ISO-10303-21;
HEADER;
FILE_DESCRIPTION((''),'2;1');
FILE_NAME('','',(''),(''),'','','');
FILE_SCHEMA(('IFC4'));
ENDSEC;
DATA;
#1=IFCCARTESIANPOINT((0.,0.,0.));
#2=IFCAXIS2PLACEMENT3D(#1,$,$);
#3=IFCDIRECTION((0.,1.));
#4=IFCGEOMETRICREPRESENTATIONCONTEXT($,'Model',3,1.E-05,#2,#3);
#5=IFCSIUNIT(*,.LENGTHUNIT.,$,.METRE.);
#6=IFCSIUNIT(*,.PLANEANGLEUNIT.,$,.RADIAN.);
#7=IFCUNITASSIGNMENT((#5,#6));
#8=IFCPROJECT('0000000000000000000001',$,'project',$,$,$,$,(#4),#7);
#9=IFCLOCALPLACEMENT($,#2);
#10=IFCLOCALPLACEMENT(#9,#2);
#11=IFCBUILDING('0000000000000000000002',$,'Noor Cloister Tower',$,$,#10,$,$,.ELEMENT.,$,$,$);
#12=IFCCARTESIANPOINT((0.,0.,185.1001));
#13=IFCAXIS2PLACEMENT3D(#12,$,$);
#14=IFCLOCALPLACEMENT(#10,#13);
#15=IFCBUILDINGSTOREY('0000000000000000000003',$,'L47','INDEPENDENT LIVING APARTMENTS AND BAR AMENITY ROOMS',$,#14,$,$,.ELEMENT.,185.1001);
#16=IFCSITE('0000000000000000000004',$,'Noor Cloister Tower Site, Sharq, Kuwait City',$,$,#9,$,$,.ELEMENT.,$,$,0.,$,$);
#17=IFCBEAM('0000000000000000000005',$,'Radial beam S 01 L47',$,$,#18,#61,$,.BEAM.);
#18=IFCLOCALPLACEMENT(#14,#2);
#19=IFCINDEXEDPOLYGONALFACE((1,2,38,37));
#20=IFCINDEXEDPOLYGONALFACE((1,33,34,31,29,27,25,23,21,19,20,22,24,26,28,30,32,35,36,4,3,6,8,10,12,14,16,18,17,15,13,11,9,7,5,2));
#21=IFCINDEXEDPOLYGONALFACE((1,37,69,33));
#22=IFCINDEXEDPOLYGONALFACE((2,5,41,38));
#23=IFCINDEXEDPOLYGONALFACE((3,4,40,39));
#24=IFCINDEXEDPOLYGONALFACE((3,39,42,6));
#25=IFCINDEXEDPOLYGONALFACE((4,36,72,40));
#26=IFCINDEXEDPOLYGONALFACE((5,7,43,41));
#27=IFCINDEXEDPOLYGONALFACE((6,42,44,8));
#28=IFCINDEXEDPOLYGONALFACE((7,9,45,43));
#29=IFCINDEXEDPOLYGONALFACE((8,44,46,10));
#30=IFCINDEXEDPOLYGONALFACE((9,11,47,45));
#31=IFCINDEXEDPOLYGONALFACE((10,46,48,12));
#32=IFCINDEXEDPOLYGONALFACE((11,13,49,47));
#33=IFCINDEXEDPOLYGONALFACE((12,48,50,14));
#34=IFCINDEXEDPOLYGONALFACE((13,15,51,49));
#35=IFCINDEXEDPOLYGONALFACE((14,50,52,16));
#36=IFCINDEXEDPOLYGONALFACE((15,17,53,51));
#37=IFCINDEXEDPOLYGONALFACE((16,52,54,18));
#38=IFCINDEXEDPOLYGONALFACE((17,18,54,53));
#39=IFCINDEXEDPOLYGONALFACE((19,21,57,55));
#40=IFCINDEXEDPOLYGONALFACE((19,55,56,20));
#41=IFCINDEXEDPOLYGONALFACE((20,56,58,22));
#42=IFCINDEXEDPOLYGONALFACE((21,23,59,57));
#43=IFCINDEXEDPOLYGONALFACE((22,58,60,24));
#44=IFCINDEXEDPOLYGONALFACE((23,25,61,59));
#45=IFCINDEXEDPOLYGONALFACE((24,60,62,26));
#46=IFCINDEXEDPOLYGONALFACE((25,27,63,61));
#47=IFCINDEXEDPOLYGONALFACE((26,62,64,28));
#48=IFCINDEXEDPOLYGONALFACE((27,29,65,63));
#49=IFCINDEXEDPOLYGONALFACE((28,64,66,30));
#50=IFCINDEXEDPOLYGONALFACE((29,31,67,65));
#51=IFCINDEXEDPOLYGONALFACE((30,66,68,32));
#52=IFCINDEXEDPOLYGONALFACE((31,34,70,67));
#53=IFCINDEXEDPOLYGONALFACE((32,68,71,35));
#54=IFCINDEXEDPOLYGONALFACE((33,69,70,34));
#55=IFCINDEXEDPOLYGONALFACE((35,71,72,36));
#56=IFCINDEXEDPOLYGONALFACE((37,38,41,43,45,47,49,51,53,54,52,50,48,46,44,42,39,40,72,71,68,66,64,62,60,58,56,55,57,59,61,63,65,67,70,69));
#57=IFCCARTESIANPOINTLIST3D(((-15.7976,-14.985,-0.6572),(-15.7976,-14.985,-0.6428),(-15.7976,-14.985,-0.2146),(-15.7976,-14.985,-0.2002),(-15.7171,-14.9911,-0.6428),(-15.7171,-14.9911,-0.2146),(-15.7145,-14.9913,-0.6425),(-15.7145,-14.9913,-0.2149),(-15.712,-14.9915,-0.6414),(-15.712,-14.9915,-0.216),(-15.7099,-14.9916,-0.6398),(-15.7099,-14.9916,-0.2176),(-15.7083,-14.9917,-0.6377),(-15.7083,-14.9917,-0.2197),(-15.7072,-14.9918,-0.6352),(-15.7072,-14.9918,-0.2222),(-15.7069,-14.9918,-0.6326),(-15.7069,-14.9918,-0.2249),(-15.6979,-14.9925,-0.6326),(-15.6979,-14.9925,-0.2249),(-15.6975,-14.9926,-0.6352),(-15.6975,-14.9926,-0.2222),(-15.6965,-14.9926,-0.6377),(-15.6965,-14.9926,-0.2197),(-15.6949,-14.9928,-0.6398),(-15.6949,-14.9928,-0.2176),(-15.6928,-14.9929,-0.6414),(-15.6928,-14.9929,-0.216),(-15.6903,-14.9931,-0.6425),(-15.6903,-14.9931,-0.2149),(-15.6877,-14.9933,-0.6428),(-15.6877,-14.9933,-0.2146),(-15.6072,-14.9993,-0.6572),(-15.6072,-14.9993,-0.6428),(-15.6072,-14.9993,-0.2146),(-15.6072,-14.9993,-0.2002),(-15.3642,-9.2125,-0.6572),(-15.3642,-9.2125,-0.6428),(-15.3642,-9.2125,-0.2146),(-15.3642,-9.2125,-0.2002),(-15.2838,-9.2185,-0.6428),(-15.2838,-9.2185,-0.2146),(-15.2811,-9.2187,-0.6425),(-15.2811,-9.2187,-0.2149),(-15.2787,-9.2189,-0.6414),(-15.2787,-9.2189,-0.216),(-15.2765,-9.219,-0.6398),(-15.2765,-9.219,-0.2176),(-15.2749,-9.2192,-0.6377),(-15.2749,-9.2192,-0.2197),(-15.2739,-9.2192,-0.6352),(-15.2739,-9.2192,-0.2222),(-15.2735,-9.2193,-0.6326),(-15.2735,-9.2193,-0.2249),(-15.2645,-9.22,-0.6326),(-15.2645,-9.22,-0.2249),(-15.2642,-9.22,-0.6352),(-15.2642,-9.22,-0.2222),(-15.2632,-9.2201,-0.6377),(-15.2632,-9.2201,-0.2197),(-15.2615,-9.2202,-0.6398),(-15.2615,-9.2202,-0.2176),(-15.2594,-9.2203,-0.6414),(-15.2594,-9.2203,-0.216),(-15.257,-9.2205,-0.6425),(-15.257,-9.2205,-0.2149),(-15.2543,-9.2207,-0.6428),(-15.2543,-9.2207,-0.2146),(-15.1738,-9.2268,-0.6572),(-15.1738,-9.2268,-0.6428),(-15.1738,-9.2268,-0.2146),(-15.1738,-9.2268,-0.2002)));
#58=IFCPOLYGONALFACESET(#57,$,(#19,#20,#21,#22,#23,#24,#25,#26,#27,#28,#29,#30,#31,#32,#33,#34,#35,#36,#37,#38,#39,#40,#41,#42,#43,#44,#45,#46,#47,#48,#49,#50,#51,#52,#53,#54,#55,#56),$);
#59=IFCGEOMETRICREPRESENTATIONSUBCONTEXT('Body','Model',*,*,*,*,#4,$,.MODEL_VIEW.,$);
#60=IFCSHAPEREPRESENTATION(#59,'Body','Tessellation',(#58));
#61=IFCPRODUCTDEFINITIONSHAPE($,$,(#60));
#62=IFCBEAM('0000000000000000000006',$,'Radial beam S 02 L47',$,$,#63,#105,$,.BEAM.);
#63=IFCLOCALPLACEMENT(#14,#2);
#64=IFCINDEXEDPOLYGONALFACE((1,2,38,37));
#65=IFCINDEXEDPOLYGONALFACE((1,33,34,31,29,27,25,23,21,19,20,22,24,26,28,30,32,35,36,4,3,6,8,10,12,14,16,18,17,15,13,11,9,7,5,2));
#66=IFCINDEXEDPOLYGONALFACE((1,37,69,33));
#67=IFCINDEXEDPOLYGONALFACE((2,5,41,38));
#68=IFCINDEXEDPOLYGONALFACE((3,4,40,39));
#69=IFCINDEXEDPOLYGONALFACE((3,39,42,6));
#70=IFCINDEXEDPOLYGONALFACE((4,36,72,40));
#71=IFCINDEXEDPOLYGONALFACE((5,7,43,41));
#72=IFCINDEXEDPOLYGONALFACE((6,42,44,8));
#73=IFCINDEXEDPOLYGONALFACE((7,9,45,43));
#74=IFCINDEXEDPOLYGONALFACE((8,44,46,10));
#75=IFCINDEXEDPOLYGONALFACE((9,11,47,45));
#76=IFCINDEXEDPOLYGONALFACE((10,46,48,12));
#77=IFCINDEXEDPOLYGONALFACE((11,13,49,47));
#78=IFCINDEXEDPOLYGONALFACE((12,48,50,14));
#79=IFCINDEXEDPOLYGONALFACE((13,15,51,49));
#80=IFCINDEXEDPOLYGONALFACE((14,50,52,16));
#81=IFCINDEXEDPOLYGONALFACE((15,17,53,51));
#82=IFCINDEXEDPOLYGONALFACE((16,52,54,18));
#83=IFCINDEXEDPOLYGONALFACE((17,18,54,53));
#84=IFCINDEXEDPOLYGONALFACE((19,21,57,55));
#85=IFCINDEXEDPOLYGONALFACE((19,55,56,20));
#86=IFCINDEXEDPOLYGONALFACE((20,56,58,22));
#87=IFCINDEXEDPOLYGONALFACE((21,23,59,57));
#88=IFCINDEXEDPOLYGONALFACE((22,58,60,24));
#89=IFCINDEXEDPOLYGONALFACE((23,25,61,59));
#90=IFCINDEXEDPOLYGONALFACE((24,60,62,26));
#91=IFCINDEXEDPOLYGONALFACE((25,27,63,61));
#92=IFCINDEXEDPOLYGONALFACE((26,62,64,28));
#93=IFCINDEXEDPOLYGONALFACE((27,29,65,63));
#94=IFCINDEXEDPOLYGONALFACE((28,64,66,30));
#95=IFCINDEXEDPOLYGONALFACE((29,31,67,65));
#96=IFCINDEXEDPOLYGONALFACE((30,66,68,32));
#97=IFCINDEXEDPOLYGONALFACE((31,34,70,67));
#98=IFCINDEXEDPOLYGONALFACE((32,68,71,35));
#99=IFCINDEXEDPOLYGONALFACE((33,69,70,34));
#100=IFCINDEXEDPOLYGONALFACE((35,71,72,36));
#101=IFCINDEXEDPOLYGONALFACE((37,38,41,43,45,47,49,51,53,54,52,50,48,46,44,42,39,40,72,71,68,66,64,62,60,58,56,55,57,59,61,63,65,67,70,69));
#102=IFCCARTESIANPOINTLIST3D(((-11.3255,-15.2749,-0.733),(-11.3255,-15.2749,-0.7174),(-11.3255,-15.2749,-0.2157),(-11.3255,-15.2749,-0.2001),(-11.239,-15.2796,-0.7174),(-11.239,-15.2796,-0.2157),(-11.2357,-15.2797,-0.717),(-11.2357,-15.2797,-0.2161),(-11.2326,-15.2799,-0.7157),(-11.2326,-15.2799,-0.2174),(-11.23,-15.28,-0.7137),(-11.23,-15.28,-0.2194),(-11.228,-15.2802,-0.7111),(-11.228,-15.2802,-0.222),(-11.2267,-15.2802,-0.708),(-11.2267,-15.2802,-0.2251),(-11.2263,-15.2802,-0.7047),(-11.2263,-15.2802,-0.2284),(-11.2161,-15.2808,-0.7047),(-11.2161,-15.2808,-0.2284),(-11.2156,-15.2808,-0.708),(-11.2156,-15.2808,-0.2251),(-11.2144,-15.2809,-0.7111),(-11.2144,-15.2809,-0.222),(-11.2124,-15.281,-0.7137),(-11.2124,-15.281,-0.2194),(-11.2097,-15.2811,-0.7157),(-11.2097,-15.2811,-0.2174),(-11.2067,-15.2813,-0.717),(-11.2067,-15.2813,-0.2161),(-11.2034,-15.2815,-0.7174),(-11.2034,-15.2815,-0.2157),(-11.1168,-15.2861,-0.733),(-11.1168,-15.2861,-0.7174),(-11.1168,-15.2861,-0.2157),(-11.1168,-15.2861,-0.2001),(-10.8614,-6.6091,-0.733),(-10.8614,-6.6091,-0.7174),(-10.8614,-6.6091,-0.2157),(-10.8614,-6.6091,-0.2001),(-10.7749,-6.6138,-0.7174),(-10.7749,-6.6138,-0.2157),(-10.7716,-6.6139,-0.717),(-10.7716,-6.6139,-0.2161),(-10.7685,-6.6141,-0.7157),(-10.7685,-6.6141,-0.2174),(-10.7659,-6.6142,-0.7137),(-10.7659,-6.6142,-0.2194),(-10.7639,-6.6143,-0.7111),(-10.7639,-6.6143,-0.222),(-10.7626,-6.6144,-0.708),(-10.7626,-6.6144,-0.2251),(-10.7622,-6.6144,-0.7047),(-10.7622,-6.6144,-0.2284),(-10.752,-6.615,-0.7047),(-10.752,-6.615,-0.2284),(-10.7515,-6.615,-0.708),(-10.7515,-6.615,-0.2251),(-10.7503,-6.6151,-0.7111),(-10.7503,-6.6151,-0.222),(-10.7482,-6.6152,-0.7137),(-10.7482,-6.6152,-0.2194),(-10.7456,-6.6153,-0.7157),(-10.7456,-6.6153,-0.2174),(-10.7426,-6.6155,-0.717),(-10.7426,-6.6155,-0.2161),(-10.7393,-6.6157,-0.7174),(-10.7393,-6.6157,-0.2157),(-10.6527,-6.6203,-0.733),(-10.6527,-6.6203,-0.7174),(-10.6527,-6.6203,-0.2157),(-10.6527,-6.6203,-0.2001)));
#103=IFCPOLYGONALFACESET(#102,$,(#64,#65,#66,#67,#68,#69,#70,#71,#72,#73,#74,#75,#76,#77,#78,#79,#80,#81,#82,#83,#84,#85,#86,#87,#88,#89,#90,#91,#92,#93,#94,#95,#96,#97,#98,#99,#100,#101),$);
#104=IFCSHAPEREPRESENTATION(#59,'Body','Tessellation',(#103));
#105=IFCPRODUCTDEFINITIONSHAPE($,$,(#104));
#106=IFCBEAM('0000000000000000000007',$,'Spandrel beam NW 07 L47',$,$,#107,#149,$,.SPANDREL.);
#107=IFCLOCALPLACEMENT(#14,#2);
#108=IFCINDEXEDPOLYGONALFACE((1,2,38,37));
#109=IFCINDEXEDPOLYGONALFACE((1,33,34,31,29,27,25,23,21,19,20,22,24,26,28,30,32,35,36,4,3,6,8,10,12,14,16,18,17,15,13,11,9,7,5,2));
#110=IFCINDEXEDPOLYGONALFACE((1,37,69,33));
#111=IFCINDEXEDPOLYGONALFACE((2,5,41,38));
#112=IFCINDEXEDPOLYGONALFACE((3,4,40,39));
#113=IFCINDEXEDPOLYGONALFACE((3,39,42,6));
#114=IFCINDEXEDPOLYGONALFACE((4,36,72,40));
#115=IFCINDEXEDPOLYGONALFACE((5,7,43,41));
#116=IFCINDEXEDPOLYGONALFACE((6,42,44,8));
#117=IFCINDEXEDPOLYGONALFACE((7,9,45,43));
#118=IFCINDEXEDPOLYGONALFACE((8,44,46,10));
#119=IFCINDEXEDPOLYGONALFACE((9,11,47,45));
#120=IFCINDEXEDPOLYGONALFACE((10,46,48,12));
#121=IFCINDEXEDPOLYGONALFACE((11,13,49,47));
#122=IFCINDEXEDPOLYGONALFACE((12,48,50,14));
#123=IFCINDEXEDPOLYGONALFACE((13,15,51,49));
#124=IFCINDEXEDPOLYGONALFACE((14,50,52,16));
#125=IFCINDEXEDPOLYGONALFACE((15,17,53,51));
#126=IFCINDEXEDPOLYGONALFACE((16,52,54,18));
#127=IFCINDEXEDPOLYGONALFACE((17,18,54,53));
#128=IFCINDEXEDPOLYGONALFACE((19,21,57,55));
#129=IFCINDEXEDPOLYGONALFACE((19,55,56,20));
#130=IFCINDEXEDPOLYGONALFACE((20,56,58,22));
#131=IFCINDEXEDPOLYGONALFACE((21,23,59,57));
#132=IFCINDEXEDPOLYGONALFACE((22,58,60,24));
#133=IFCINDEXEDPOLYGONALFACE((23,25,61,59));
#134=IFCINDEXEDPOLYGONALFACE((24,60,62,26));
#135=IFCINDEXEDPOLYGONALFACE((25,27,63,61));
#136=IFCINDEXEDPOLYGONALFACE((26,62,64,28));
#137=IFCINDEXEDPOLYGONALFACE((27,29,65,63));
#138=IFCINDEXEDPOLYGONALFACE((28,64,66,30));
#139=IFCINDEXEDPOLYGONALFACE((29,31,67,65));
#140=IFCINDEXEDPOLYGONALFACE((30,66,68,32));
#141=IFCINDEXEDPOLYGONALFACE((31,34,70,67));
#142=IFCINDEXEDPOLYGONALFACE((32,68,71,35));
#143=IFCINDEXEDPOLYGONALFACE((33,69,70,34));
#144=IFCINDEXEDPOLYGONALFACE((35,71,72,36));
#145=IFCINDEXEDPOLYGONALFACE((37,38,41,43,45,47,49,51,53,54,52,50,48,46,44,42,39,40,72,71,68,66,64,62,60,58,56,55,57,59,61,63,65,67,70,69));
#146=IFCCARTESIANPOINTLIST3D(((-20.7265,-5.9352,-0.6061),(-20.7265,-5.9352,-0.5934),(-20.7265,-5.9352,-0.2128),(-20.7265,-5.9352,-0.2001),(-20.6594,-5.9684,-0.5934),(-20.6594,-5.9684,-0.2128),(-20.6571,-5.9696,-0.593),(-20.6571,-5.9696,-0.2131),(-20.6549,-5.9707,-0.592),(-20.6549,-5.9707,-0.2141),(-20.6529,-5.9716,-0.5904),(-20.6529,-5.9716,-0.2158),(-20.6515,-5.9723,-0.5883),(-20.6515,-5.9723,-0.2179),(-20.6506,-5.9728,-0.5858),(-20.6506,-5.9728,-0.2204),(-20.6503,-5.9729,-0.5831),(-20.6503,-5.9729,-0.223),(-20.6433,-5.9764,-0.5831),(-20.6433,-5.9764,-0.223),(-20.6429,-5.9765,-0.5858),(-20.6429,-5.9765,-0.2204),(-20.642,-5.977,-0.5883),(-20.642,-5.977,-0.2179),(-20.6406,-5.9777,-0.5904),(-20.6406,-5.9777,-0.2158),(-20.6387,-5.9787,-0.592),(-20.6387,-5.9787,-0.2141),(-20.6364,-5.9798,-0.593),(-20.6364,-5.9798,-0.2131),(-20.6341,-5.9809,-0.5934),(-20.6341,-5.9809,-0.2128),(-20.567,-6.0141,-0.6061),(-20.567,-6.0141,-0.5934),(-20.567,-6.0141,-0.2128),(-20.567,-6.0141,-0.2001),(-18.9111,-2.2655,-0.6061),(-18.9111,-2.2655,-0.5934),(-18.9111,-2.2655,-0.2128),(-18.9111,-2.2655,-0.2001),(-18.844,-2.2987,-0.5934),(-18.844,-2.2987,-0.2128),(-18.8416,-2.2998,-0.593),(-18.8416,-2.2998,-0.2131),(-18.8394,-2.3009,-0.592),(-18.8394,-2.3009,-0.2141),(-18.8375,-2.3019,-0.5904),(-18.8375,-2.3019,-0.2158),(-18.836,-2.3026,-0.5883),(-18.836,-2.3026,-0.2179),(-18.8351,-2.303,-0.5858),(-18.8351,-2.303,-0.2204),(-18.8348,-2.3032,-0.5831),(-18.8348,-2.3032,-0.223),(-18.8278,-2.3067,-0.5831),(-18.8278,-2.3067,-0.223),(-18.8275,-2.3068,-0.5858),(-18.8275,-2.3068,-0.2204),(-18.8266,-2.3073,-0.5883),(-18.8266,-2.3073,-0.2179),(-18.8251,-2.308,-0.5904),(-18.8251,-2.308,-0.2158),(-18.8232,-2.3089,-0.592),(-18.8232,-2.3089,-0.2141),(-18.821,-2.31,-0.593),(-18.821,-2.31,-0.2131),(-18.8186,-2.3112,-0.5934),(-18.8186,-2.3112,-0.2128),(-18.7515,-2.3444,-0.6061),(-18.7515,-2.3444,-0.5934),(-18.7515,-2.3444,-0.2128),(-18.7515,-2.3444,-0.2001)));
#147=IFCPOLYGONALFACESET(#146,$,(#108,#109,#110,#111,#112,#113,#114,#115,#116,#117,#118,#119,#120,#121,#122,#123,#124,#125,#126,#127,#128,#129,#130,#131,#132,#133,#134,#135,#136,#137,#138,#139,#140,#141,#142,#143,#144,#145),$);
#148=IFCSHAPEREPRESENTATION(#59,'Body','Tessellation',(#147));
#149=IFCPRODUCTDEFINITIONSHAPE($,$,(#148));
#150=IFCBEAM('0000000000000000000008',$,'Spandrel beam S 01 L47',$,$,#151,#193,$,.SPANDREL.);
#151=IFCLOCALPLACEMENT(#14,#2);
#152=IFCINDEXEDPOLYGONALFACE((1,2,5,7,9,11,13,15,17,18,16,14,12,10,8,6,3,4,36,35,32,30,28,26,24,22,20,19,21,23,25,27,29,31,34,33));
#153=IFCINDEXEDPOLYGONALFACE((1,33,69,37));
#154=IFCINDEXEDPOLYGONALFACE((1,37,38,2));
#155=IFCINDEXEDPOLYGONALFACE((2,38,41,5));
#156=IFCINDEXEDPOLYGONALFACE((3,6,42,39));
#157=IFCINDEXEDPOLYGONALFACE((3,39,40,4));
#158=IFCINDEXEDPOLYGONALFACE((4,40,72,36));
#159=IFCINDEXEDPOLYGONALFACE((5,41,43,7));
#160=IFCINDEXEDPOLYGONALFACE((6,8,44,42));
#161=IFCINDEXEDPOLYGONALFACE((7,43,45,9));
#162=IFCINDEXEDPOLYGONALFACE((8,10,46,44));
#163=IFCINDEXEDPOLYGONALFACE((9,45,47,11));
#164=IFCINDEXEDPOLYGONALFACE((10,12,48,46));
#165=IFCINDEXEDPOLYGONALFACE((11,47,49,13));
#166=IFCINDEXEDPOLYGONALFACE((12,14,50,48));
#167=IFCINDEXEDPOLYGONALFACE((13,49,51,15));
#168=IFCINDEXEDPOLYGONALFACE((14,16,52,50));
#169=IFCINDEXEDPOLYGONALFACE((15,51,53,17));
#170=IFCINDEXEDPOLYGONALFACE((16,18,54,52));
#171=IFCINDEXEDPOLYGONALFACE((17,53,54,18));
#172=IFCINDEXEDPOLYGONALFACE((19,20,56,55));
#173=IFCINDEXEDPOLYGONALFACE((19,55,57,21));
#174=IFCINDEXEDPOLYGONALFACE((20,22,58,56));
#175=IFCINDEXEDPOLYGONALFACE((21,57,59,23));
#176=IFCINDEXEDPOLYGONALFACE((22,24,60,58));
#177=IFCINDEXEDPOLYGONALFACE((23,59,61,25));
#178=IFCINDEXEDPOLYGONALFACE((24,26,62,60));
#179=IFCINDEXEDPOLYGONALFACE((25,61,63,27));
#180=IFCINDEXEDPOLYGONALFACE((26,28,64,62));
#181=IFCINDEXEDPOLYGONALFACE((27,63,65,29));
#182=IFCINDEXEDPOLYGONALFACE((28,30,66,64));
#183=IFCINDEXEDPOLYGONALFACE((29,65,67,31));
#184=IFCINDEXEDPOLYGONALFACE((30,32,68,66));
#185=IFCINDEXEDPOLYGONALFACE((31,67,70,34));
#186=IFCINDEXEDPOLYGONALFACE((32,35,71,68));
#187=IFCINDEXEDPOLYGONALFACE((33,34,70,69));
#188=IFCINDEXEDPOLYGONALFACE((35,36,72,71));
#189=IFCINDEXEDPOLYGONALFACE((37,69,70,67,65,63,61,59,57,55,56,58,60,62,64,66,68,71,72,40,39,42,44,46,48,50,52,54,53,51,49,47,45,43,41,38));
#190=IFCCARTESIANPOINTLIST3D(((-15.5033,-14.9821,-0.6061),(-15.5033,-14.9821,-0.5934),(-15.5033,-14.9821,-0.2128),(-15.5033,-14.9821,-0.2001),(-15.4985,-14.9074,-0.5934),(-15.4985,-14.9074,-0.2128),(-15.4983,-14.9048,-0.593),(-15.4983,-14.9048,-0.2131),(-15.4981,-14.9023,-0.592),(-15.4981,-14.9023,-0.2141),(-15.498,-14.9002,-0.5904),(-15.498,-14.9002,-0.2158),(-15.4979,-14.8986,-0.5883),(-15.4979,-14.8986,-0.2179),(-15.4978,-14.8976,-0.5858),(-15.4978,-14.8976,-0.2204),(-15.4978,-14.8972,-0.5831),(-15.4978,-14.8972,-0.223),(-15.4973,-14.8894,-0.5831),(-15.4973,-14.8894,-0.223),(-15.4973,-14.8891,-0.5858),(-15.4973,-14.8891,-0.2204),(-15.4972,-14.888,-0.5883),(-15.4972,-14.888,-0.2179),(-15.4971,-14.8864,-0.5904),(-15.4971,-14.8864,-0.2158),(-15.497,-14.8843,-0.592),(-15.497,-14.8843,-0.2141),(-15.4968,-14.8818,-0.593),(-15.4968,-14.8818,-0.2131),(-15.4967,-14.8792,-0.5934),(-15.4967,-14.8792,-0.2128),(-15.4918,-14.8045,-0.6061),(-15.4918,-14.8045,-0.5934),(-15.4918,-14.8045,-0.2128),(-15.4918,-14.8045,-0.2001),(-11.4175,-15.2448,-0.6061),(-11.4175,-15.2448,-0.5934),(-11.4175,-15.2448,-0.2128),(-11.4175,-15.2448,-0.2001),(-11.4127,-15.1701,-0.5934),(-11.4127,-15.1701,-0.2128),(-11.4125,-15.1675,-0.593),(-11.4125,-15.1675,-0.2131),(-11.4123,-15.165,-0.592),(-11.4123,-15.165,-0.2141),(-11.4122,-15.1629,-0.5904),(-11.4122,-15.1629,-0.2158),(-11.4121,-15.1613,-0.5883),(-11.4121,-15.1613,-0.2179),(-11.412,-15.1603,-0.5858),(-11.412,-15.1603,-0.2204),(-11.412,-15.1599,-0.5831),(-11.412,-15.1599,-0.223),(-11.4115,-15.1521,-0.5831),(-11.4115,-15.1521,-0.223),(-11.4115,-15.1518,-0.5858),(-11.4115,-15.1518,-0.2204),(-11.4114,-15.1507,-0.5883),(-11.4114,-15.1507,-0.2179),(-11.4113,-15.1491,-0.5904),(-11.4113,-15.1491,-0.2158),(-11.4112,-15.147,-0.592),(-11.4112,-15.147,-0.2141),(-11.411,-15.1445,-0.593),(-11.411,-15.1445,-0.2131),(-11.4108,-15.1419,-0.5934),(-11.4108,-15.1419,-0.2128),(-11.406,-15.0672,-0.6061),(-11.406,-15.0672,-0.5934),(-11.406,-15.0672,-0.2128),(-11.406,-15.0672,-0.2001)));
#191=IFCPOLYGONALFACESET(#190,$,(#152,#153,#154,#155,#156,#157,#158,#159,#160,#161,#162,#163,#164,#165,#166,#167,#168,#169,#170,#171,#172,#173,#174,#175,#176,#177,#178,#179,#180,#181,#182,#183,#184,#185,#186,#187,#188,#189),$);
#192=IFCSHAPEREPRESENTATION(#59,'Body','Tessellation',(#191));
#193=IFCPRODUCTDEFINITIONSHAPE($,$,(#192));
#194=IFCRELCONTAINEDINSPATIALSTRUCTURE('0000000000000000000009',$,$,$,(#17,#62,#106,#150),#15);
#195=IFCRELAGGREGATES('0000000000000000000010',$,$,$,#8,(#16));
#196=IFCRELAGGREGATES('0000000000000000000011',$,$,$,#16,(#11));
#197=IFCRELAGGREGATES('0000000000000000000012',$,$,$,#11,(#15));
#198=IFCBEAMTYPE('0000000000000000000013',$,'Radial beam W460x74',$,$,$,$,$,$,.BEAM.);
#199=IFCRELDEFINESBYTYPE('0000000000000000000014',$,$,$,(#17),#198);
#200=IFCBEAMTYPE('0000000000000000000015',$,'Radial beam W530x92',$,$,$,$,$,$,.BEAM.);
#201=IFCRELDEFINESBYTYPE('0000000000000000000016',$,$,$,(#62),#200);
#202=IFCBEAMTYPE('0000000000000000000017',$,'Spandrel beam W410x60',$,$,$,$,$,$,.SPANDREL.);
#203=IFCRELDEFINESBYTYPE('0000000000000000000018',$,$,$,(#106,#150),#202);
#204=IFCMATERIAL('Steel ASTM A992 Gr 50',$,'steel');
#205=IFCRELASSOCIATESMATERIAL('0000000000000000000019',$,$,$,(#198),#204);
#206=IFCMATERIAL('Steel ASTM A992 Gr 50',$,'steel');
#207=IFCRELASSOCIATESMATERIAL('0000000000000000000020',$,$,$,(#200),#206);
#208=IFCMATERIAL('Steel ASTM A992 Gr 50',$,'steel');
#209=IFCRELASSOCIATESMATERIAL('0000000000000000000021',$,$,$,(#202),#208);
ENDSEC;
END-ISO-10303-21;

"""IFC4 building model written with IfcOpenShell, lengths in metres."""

from ifc_helpers import new_model, si_unit, direction, frame, origin, origin_2d, place, context, subcontext, project, spatial, i_section, extrude, material, material_profile, profile_set, type_object, element, save


model = new_model("IFC4")

# Units and contexts
model_context = context("Model", 3, precision=1e-05, world=origin(), true_north=direction((0.0, 1.0)))
body_context = subcontext(model_context, "Body", "Model", "MODEL_VIEW")
ifc_project = project(units=[si_unit("LENGTHUNIT", "METRE"), si_unit("PLANEANGLEUNIT", "RADIAN")], contexts=[model_context])

# Site, building, storey
site_placement = place(None, origin())
site = spatial("IfcSite", under=ifc_project, at=site_placement, Name="Noor Cloister Tower Site, Sharq, Kuwait City", CompositionType="ELEMENT", RefElevation=0.0)
building_placement = place(site_placement, origin())
building = spatial("IfcBuilding", under=site, at=building_placement, Name="Noor Cloister Tower", CompositionType="ELEMENT")
storey_placement = place(building_placement, frame((0.0, 0.0, 185.1001)))
storey = spatial("IfcBuildingStorey", under=building, at=storey_placement, Name="L47", Description="INDEPENDENT LIVING APARTMENTS AND BAR AMENITY ROOMS", CompositionType="ELEMENT", Elevation=185.1001)

# Beams
ifc_material_1 = material(Name="Steel ASTM A992 Gr 50", Category="steel")
ifc_material_profile_1 = material_profile(ifc_material_1, i_section(OverallWidth=0.1909, OverallDepth=0.457, WebThickness=0.009, FlangeThickness=0.0144, FilletRadius=0.0103, at=origin_2d()), Name="W460x74")
ifc_profile_set_1 = profile_set([ifc_material_profile_1], Name="Steel ASTM A992 Gr 50")
beam_type_1 = type_object("IfcBeamType", Name="Radial beam W460x74", PredefinedType="BEAM", material=ifc_profile_set_1)
beam_1_placement = place(storey_placement, frame((-15.7024, -14.9922, -0.4287), z_axis=(0.074861, 0.997194, 0.0), x_axis=(-0.997194, 0.074861, 0.0)))
element("IfcBeam", 1, at=beam_1_placement, inside=storey, type_object=beam_type_1, Name="Radial beam S 01 L47", PredefinedType="BEAM", context=body_context, shape_type="SweptSolid", body=[
    extrude(i_section(OverallWidth=0.1909, OverallDepth=0.457, WebThickness=0.009, FlangeThickness=0.0144, FilletRadius=0.0103, at=origin_2d()), origin(), (0.0, 0.0, 1.0), 5.7888),
])
ifc_material_2 = material(Name="Steel ASTM A992 Gr 50", Category="steel")
ifc_material_profile_2 = material_profile(ifc_material_2, i_section(OverallWidth=0.209, OverallDepth=0.533, WebThickness=0.0103, FlangeThickness=0.0156, FilletRadius=0.0127, at=origin_2d()), Name="W530x92")
ifc_profile_set_2 = profile_set([ifc_material_profile_2], Name="Steel ASTM A992 Gr 50")
beam_type_2 = type_object("IfcBeamType", Name="Radial beam W530x92", PredefinedType="BEAM", material=ifc_profile_set_2)
beam_2_placement = place(storey_placement, frame((-11.2212, -15.2805, -0.4666), z_axis=(0.05348, 0.998569, 0.0), x_axis=(-0.998569, 0.05348, 0.0)))
element("IfcBeam", 2, at=beam_2_placement, inside=storey, type_object=beam_type_2, Name="Radial beam S 02 L47", PredefinedType="BEAM", context=body_context, shape_type="SweptSolid", body=[
    extrude(i_section(OverallWidth=0.209, OverallDepth=0.533, WebThickness=0.0103, FlangeThickness=0.0156, FilletRadius=0.0127, at=origin_2d()), origin(), (0.0, 0.0, 1.0), 8.6782),
])
ifc_material_3 = material(Name="Steel ASTM A992 Gr 50", Category="steel")
ifc_material_profile_3 = material_profile(ifc_material_3, i_section(OverallWidth=0.178, OverallDepth=0.406, WebThickness=0.0078, FlangeThickness=0.0127, FilletRadius=0.0103, at=origin_2d()), Name="W410x60")
ifc_profile_set_3 = profile_set([ifc_material_profile_3], Name="Steel ASTM A992 Gr 50")
beam_type_3 = type_object("IfcBeamType", Name="Spandrel beam W410x60", PredefinedType="SPANDREL", material=ifc_profile_set_3)
for number, where, z_axis, x_axis, name in (
    (3, (-18.8313, -2.3049, -0.4031), (-0.443417, -0.896315, 0.0), (0.896315, -0.443417, 0.0), "Spandrel beam NW 07 L47"),
    (4, (-15.4976, -14.8933, -0.4031), (0.997939, -0.064164, 0.0), (0.064164, 0.997939, 0.0), "Spandrel beam S 01 L47"),
):
    element("IfcBeam", number, at=place(storey_placement, frame(where, z_axis=z_axis, x_axis=x_axis)), inside=storey, type_object=beam_type_3, Name=name, PredefinedType="SPANDREL", context=body_context, shape_type="SweptSolid", body=[
        extrude(i_section(OverallWidth=0.178, OverallDepth=0.406, WebThickness=0.0078, FlangeThickness=0.0127, FilletRadius=0.0103, at=origin_2d()), origin(), (0.0, 0.0, 1.0), 4.0942),
    ])

save(model, "model.ifc")
